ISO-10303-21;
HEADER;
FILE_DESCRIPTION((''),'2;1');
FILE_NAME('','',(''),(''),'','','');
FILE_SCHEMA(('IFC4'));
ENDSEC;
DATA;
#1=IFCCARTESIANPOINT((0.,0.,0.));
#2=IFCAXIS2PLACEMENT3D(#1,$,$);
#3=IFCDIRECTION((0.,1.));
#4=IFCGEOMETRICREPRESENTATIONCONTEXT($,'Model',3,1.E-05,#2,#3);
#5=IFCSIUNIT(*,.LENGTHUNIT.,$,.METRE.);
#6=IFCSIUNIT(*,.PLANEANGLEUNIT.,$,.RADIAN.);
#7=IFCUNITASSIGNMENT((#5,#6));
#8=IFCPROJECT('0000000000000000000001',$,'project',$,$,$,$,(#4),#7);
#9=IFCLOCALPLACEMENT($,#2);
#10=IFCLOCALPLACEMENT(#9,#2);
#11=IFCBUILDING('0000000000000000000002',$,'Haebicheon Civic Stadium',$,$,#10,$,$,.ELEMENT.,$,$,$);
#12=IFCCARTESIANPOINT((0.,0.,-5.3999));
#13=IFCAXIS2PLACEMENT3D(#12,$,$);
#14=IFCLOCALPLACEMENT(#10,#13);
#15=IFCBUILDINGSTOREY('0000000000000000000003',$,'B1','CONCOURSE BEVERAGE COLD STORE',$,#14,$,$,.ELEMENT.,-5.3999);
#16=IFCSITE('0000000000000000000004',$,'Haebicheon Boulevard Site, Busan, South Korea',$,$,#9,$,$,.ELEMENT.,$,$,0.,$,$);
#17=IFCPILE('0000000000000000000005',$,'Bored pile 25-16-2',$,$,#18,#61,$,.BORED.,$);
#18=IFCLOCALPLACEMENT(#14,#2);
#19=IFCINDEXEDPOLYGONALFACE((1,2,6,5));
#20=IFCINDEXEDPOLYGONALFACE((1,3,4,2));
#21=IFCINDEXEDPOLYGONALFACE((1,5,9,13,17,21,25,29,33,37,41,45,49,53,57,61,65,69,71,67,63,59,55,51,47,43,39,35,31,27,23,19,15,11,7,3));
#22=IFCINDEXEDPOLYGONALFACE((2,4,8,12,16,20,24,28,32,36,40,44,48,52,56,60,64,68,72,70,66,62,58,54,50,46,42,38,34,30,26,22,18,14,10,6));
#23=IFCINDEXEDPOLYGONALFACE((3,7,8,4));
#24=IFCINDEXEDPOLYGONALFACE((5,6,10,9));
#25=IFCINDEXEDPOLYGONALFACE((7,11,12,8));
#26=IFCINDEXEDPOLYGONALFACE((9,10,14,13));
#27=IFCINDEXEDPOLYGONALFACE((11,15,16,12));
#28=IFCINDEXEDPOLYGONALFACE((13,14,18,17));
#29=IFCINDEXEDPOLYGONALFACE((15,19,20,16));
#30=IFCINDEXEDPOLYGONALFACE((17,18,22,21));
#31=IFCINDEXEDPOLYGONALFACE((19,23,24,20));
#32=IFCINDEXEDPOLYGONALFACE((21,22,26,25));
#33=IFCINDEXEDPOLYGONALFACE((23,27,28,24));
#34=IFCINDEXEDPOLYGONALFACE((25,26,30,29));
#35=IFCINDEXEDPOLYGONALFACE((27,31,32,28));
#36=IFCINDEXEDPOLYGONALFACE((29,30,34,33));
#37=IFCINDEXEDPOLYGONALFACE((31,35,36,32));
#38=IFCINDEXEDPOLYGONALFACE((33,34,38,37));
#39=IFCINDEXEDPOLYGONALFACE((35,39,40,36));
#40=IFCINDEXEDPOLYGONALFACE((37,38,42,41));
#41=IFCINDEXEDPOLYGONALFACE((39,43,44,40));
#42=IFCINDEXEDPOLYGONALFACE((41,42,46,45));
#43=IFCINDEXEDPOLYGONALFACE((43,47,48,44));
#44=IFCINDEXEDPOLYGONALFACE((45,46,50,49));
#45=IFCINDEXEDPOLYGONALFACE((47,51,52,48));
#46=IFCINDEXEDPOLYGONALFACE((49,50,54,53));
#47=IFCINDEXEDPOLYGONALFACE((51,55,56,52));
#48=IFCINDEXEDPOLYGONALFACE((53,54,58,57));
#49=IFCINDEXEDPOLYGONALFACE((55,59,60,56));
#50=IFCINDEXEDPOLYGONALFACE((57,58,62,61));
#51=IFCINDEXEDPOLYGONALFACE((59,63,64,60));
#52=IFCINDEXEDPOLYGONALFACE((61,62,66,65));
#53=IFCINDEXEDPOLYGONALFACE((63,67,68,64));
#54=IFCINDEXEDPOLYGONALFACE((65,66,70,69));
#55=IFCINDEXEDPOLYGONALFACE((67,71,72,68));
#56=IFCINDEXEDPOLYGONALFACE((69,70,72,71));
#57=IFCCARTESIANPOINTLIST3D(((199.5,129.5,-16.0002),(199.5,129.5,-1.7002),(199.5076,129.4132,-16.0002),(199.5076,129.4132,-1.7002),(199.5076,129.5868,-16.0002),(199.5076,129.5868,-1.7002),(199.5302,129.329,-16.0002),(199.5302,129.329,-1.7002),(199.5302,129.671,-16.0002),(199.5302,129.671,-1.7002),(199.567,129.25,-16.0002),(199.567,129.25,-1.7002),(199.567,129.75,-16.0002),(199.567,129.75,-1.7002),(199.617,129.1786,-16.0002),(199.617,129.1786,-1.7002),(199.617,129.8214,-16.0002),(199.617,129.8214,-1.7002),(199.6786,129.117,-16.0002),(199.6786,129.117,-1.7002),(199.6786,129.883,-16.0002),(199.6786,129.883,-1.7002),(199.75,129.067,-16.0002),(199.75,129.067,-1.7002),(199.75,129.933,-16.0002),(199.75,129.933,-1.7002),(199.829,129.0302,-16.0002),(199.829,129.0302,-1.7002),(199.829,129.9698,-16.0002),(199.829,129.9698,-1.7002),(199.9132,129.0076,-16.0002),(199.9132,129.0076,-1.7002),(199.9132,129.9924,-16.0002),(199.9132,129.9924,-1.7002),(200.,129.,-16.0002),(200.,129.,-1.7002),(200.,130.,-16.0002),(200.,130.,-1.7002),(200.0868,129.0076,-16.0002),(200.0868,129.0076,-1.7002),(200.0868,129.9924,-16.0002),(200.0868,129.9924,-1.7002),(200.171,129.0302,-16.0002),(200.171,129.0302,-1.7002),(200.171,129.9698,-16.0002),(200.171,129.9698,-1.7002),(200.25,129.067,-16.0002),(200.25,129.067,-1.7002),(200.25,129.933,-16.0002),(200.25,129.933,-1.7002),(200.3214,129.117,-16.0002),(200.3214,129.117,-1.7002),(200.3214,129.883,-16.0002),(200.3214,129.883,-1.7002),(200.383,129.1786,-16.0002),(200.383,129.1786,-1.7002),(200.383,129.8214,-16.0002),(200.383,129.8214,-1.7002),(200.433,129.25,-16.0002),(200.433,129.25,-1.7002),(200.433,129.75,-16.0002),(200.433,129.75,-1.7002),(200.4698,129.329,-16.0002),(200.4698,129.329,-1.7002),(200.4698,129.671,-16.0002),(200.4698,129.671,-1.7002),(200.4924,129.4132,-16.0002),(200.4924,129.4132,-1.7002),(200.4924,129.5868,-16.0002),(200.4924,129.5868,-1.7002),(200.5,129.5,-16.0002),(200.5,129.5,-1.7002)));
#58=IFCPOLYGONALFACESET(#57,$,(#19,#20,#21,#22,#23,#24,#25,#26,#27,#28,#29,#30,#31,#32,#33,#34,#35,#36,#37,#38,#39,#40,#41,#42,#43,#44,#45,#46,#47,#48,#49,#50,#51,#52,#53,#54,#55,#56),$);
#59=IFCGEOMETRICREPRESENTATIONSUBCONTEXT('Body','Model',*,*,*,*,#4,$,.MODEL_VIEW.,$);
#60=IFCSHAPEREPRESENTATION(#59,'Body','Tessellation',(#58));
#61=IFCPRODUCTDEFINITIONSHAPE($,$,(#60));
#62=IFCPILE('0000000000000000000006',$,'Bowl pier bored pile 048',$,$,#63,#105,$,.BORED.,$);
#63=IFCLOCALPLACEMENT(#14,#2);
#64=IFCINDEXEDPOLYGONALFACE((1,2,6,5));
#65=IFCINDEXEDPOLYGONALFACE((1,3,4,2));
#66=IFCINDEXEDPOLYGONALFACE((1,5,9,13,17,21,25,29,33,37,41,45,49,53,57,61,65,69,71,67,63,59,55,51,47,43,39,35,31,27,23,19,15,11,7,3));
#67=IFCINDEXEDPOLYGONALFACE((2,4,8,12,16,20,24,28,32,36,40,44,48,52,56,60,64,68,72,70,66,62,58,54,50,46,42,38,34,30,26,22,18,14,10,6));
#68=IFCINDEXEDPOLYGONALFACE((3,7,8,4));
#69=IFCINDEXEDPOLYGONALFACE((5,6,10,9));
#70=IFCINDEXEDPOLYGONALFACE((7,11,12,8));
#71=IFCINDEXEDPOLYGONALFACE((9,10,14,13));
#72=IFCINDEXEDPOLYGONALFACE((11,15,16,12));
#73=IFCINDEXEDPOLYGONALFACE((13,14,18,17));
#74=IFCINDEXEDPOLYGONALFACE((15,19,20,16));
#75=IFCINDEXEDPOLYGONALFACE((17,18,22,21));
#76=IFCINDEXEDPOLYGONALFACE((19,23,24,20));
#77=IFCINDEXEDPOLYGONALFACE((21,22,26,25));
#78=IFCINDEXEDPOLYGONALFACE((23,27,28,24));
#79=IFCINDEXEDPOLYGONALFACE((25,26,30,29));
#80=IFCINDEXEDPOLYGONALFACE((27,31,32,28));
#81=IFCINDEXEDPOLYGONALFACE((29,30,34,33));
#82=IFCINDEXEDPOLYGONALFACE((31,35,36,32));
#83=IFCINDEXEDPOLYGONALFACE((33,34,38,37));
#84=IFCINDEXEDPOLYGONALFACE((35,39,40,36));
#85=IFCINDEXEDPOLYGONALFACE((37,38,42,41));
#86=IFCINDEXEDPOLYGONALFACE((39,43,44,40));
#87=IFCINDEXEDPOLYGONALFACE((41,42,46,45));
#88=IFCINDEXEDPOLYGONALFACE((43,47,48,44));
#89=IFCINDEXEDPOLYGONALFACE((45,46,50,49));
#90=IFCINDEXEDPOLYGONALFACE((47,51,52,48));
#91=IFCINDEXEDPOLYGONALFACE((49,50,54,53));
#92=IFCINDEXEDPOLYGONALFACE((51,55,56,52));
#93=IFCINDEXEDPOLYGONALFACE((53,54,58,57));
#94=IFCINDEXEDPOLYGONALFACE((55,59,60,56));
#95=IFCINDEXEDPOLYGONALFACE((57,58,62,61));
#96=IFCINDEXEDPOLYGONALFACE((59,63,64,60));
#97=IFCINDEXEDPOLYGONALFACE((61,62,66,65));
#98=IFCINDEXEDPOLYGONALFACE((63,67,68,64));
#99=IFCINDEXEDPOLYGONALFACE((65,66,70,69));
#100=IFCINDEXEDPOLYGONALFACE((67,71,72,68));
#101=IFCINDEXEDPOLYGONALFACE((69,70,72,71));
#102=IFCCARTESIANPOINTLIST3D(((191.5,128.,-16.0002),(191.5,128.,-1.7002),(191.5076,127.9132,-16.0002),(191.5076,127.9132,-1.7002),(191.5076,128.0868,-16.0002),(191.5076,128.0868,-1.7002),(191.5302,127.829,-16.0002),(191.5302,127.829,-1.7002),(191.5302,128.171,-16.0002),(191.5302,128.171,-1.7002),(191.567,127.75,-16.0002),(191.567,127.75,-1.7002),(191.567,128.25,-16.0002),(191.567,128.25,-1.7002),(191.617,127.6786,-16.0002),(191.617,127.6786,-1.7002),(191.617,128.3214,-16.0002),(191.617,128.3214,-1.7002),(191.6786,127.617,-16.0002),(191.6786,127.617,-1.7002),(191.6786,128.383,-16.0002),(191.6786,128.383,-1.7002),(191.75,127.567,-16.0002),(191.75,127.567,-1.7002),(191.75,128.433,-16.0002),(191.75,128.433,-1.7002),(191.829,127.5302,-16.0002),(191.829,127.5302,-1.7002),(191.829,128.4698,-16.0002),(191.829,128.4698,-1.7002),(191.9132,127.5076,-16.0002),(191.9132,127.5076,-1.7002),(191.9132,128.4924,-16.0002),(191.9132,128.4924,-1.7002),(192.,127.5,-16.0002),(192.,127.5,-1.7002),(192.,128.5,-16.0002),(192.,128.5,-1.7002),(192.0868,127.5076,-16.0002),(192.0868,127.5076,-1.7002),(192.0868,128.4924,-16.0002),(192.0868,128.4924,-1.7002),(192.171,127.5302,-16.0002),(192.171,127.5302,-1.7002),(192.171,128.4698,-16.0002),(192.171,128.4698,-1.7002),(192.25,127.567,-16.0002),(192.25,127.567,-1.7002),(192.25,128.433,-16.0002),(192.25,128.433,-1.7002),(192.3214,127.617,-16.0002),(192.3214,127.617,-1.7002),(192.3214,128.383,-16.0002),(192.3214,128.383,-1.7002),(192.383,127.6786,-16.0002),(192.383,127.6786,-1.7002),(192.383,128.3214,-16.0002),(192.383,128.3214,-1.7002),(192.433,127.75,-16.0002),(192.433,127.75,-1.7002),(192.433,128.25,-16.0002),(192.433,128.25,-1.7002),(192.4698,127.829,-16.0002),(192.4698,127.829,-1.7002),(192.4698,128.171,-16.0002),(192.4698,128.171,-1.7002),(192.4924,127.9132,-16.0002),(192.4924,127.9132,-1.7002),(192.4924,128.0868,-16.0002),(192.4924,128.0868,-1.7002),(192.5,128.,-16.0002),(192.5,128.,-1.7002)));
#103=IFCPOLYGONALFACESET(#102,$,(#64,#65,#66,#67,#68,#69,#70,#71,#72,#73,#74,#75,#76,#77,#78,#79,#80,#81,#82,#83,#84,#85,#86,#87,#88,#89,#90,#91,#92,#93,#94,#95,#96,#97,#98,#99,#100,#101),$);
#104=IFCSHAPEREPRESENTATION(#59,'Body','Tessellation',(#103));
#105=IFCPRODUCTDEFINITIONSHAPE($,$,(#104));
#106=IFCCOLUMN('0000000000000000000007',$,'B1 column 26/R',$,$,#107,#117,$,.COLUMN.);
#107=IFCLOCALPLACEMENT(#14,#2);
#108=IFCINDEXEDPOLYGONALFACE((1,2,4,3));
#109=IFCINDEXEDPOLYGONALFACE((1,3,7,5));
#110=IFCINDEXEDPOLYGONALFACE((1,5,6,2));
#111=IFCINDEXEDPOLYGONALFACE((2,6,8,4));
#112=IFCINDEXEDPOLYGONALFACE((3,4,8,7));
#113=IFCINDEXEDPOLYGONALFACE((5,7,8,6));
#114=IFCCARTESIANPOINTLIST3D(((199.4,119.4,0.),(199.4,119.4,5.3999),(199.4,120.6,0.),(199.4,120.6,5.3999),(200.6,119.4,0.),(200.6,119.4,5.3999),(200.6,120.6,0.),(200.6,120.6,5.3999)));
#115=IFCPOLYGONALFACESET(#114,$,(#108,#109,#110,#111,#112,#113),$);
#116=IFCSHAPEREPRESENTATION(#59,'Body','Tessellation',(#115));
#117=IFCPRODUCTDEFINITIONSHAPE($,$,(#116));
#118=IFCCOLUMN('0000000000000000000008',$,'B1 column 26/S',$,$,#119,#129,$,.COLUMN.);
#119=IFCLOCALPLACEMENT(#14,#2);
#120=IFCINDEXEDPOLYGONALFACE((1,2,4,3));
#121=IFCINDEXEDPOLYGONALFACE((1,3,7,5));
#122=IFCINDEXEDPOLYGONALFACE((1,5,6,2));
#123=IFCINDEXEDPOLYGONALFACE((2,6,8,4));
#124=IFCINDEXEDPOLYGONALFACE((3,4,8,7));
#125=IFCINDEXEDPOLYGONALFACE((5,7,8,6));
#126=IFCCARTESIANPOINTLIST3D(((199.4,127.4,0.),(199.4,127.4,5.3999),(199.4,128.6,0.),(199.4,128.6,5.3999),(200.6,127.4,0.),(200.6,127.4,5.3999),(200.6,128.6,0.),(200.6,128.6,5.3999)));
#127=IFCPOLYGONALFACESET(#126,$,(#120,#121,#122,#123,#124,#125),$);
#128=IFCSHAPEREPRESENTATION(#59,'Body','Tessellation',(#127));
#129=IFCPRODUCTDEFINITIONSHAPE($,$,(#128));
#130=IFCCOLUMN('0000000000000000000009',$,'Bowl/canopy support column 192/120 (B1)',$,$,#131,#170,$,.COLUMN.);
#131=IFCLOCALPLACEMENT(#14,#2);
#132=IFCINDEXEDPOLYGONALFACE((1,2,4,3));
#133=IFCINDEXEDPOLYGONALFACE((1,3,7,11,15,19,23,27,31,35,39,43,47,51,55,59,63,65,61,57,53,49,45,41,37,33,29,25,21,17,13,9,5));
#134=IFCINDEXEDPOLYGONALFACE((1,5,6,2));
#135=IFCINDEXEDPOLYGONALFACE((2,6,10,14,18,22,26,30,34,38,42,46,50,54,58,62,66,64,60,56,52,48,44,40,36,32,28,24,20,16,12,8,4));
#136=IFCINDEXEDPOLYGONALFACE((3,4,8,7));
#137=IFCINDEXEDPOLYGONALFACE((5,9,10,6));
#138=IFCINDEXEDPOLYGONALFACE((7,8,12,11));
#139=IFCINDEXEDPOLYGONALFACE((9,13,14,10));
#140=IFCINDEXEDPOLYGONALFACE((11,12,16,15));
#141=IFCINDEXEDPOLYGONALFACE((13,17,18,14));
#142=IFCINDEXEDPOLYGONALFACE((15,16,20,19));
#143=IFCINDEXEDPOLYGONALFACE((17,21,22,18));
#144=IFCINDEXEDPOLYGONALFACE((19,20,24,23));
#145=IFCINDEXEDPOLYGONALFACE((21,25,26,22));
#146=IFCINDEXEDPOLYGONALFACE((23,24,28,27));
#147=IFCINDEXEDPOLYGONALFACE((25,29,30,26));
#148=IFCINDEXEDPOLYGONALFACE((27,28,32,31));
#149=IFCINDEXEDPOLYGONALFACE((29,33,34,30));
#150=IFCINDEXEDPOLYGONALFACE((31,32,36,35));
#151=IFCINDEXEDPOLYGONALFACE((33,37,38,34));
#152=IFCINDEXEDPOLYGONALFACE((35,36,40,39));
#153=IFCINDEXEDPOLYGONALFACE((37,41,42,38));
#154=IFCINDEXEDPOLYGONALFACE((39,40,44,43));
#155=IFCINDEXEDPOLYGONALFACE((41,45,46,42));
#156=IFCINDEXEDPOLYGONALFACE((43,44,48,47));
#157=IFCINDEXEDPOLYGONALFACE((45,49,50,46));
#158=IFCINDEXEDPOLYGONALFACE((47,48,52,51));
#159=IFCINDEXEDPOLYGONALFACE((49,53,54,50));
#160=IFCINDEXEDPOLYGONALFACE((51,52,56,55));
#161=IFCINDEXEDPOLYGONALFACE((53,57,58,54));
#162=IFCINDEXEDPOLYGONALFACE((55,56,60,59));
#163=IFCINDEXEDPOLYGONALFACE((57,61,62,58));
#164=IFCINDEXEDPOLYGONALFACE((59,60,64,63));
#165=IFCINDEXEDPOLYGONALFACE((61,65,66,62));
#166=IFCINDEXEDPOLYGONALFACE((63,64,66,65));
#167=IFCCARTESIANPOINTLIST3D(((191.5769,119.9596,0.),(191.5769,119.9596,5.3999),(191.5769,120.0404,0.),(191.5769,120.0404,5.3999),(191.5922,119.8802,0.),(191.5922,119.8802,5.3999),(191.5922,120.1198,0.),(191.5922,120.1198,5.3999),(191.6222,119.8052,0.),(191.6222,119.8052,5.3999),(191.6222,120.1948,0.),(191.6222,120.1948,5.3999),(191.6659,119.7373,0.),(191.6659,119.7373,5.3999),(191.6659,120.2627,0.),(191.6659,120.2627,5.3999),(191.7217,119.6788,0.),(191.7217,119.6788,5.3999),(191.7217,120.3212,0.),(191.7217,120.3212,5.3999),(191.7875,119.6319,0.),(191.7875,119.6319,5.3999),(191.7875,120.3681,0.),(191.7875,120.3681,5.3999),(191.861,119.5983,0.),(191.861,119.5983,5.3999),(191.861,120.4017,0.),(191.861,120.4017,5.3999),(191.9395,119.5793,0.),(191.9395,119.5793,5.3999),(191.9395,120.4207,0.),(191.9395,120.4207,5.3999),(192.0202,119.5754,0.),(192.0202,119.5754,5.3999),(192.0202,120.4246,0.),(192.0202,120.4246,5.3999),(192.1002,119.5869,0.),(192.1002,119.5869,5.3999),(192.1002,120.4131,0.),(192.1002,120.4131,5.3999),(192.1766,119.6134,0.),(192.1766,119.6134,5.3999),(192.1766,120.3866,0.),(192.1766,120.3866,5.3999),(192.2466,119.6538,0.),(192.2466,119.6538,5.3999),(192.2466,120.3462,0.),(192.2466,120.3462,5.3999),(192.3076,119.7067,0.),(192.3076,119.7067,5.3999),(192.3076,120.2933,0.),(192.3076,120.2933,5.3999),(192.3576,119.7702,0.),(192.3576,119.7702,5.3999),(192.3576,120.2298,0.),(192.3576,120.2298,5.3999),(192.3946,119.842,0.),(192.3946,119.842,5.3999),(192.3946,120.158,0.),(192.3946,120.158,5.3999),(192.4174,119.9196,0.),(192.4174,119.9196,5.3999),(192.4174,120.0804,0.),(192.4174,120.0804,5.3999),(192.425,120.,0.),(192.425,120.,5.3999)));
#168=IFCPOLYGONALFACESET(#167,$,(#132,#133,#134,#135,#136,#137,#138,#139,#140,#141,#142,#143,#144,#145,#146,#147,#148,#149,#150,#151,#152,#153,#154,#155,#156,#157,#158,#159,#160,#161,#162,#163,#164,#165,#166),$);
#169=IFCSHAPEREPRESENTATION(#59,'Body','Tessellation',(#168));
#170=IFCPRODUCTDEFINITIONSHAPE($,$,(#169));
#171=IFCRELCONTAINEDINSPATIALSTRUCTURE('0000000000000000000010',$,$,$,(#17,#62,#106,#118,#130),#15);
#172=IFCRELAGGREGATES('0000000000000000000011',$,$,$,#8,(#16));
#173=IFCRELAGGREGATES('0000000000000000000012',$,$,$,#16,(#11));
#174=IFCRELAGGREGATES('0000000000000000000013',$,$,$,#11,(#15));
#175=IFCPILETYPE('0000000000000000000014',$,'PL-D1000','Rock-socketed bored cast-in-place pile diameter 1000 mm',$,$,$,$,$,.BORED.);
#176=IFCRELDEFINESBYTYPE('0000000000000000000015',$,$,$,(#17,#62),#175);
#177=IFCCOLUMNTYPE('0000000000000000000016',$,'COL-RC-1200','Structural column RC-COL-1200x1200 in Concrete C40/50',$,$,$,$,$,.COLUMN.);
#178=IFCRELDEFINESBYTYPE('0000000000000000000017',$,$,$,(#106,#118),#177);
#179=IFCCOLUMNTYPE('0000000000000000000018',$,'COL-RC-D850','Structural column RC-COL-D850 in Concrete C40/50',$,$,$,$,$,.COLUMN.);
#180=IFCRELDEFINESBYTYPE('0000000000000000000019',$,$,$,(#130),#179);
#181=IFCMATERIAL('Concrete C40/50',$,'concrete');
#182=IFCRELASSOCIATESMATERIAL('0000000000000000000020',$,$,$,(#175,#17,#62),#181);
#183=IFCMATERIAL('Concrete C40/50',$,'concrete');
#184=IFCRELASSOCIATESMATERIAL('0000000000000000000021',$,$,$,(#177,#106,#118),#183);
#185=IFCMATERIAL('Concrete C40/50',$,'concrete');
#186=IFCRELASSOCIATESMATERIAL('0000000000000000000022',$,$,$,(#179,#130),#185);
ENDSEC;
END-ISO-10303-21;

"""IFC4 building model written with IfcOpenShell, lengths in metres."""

from ifc_helpers import new_model, si_unit, direction, frame, origin, origin_2d, place, context, subcontext, project, spatial, rectangle, circle, extrude, material, material_profile, profile_set, type_object, element, save


model = new_model("IFC4")

# Units and contexts
model_context = context("Model", 3, precision=1e-05, world=origin(), true_north=direction((0.0, 1.0)))
body_context = subcontext(model_context, "Body", "Model", "MODEL_VIEW")
ifc_project = project(units=[si_unit("LENGTHUNIT", "METRE"), si_unit("PLANEANGLEUNIT", "RADIAN")], contexts=[model_context])

# Site, building, storey
site_placement = place(None, origin())
site = spatial("IfcSite", under=ifc_project, at=site_placement, Name="Haebicheon Boulevard Site, Busan, South Korea", CompositionType="ELEMENT", RefElevation=0.0)
building_placement = place(site_placement, origin())
building = spatial("IfcBuilding", under=site, at=building_placement, Name="Haebicheon Civic Stadium", CompositionType="ELEMENT")
storey_placement = place(building_placement, frame((0.0, 0.0, -5.3999)))
storey = spatial("IfcBuildingStorey", under=building, at=storey_placement, Name="B1", Description="CONCOURSE BEVERAGE COLD STORE", CompositionType="ELEMENT", Elevation=-5.3999)

# Piles
ifc_material_1 = material(Name="Concrete C40/50", Category="concrete")
ifc_material_profile_1 = material_profile(ifc_material_1, circle(Radius=0.5, at=origin_2d()), Name="PILE-D1000")
ifc_profile_set_1 = profile_set([ifc_material_profile_1], Name="Concrete C40/50")
pile_type = type_object("IfcPileType", Name="PL-D1000", Description="Rock-socketed bored cast-in-place pile diameter 1000 mm", PredefinedType="BORED", material=ifc_profile_set_1)
for number, where, z_axis, x_axis, name in (
    (1, (200.0, 129.5, -1.7002), (0.0, 0.0, -1.0), (1.0, 0.0, 0.0), "Bored pile 25-16-2"),
    (2, (192.0, 128.0, -1.7002), (0.0, 0.0, -1.0), (1.0, 0.0, 0.0), "Bowl pier bored pile 048"),
):
    element("IfcPile", number, at=place(storey_placement, frame(where, z_axis=z_axis, x_axis=x_axis)), inside=storey, type_object=pile_type, material=ifc_profile_set_1, Name=name, PredefinedType="BORED", context=body_context, shape_type="SweptSolid", body=[
        extrude(circle(Radius=0.5, at=origin_2d()), origin(), (0.0, 0.0, 1.0), 14.3),
    ])

# Columns
ifc_material_2 = material(Name="Concrete C40/50", Category="concrete")
ifc_material_profile_2 = material_profile(ifc_material_2, rectangle(XDim=1.2, YDim=1.2, at=origin_2d()), Name="RC-COL-1200x1200")
ifc_profile_set_2 = profile_set([ifc_material_profile_2], Name="Concrete C40/50")
column_type_1 = type_object("IfcColumnType", Name="COL-RC-1200", Description="Structural column RC-COL-1200x1200 in Concrete C40/50", PredefinedType="COLUMN", material=ifc_profile_set_2)
for number, where, z_axis, x_axis, name in (
    (3, (200.0, 120.0, 0.0), (0.0, 0.0, 1.0), (1.0, 0.0, 0.0), "B1 column 26/R"),
    (4, (200.0, 128.0, 0.0), (0.0, 0.0, 1.0), (1.0, 0.0, 0.0), "B1 column 26/S"),
):
    element("IfcColumn", number, at=place(storey_placement, frame(where, z_axis=z_axis, x_axis=x_axis)), inside=storey, type_object=column_type_1, material=ifc_profile_set_2, Name=name, PredefinedType="COLUMN", context=body_context, shape_type="SweptSolid", body=[
        extrude(rectangle(XDim=1.2, YDim=1.2, at=origin_2d()), origin(), (0.0, 0.0, 1.0), 5.3999),
    ])
ifc_material_3 = material(Name="Concrete C40/50", Category="concrete")
ifc_material_profile_3 = material_profile(ifc_material_3, circle(Radius=0.425, at=origin_2d()), Name="RC-COL-D850")
ifc_profile_set_3 = profile_set([ifc_material_profile_3], Name="Concrete C40/50")
column_type_2 = type_object("IfcColumnType", Name="COL-RC-D850", Description="Structural column RC-COL-D850 in Concrete C40/50", PredefinedType="COLUMN", material=ifc_profile_set_3)
for number, where, z_axis, x_axis, name in (
    (5, (192.0, 120.0, 0.0), (0.0, 0.0, 1.0), (1.0, 0.0, 0.0), "Bowl/canopy support column 192/120 (B1)"),
):
    element("IfcColumn", number, at=place(storey_placement, frame(where, z_axis=z_axis, x_axis=x_axis)), inside=storey, type_object=column_type_2, material=ifc_profile_set_3, Name=name, PredefinedType="COLUMN", context=body_context, shape_type="SweptSolid", body=[
        extrude(circle(Radius=0.425, at=origin_2d()), origin(), (0.0, 0.0, 1.0), 5.3999),
    ])

save(model, "model.ifc")
